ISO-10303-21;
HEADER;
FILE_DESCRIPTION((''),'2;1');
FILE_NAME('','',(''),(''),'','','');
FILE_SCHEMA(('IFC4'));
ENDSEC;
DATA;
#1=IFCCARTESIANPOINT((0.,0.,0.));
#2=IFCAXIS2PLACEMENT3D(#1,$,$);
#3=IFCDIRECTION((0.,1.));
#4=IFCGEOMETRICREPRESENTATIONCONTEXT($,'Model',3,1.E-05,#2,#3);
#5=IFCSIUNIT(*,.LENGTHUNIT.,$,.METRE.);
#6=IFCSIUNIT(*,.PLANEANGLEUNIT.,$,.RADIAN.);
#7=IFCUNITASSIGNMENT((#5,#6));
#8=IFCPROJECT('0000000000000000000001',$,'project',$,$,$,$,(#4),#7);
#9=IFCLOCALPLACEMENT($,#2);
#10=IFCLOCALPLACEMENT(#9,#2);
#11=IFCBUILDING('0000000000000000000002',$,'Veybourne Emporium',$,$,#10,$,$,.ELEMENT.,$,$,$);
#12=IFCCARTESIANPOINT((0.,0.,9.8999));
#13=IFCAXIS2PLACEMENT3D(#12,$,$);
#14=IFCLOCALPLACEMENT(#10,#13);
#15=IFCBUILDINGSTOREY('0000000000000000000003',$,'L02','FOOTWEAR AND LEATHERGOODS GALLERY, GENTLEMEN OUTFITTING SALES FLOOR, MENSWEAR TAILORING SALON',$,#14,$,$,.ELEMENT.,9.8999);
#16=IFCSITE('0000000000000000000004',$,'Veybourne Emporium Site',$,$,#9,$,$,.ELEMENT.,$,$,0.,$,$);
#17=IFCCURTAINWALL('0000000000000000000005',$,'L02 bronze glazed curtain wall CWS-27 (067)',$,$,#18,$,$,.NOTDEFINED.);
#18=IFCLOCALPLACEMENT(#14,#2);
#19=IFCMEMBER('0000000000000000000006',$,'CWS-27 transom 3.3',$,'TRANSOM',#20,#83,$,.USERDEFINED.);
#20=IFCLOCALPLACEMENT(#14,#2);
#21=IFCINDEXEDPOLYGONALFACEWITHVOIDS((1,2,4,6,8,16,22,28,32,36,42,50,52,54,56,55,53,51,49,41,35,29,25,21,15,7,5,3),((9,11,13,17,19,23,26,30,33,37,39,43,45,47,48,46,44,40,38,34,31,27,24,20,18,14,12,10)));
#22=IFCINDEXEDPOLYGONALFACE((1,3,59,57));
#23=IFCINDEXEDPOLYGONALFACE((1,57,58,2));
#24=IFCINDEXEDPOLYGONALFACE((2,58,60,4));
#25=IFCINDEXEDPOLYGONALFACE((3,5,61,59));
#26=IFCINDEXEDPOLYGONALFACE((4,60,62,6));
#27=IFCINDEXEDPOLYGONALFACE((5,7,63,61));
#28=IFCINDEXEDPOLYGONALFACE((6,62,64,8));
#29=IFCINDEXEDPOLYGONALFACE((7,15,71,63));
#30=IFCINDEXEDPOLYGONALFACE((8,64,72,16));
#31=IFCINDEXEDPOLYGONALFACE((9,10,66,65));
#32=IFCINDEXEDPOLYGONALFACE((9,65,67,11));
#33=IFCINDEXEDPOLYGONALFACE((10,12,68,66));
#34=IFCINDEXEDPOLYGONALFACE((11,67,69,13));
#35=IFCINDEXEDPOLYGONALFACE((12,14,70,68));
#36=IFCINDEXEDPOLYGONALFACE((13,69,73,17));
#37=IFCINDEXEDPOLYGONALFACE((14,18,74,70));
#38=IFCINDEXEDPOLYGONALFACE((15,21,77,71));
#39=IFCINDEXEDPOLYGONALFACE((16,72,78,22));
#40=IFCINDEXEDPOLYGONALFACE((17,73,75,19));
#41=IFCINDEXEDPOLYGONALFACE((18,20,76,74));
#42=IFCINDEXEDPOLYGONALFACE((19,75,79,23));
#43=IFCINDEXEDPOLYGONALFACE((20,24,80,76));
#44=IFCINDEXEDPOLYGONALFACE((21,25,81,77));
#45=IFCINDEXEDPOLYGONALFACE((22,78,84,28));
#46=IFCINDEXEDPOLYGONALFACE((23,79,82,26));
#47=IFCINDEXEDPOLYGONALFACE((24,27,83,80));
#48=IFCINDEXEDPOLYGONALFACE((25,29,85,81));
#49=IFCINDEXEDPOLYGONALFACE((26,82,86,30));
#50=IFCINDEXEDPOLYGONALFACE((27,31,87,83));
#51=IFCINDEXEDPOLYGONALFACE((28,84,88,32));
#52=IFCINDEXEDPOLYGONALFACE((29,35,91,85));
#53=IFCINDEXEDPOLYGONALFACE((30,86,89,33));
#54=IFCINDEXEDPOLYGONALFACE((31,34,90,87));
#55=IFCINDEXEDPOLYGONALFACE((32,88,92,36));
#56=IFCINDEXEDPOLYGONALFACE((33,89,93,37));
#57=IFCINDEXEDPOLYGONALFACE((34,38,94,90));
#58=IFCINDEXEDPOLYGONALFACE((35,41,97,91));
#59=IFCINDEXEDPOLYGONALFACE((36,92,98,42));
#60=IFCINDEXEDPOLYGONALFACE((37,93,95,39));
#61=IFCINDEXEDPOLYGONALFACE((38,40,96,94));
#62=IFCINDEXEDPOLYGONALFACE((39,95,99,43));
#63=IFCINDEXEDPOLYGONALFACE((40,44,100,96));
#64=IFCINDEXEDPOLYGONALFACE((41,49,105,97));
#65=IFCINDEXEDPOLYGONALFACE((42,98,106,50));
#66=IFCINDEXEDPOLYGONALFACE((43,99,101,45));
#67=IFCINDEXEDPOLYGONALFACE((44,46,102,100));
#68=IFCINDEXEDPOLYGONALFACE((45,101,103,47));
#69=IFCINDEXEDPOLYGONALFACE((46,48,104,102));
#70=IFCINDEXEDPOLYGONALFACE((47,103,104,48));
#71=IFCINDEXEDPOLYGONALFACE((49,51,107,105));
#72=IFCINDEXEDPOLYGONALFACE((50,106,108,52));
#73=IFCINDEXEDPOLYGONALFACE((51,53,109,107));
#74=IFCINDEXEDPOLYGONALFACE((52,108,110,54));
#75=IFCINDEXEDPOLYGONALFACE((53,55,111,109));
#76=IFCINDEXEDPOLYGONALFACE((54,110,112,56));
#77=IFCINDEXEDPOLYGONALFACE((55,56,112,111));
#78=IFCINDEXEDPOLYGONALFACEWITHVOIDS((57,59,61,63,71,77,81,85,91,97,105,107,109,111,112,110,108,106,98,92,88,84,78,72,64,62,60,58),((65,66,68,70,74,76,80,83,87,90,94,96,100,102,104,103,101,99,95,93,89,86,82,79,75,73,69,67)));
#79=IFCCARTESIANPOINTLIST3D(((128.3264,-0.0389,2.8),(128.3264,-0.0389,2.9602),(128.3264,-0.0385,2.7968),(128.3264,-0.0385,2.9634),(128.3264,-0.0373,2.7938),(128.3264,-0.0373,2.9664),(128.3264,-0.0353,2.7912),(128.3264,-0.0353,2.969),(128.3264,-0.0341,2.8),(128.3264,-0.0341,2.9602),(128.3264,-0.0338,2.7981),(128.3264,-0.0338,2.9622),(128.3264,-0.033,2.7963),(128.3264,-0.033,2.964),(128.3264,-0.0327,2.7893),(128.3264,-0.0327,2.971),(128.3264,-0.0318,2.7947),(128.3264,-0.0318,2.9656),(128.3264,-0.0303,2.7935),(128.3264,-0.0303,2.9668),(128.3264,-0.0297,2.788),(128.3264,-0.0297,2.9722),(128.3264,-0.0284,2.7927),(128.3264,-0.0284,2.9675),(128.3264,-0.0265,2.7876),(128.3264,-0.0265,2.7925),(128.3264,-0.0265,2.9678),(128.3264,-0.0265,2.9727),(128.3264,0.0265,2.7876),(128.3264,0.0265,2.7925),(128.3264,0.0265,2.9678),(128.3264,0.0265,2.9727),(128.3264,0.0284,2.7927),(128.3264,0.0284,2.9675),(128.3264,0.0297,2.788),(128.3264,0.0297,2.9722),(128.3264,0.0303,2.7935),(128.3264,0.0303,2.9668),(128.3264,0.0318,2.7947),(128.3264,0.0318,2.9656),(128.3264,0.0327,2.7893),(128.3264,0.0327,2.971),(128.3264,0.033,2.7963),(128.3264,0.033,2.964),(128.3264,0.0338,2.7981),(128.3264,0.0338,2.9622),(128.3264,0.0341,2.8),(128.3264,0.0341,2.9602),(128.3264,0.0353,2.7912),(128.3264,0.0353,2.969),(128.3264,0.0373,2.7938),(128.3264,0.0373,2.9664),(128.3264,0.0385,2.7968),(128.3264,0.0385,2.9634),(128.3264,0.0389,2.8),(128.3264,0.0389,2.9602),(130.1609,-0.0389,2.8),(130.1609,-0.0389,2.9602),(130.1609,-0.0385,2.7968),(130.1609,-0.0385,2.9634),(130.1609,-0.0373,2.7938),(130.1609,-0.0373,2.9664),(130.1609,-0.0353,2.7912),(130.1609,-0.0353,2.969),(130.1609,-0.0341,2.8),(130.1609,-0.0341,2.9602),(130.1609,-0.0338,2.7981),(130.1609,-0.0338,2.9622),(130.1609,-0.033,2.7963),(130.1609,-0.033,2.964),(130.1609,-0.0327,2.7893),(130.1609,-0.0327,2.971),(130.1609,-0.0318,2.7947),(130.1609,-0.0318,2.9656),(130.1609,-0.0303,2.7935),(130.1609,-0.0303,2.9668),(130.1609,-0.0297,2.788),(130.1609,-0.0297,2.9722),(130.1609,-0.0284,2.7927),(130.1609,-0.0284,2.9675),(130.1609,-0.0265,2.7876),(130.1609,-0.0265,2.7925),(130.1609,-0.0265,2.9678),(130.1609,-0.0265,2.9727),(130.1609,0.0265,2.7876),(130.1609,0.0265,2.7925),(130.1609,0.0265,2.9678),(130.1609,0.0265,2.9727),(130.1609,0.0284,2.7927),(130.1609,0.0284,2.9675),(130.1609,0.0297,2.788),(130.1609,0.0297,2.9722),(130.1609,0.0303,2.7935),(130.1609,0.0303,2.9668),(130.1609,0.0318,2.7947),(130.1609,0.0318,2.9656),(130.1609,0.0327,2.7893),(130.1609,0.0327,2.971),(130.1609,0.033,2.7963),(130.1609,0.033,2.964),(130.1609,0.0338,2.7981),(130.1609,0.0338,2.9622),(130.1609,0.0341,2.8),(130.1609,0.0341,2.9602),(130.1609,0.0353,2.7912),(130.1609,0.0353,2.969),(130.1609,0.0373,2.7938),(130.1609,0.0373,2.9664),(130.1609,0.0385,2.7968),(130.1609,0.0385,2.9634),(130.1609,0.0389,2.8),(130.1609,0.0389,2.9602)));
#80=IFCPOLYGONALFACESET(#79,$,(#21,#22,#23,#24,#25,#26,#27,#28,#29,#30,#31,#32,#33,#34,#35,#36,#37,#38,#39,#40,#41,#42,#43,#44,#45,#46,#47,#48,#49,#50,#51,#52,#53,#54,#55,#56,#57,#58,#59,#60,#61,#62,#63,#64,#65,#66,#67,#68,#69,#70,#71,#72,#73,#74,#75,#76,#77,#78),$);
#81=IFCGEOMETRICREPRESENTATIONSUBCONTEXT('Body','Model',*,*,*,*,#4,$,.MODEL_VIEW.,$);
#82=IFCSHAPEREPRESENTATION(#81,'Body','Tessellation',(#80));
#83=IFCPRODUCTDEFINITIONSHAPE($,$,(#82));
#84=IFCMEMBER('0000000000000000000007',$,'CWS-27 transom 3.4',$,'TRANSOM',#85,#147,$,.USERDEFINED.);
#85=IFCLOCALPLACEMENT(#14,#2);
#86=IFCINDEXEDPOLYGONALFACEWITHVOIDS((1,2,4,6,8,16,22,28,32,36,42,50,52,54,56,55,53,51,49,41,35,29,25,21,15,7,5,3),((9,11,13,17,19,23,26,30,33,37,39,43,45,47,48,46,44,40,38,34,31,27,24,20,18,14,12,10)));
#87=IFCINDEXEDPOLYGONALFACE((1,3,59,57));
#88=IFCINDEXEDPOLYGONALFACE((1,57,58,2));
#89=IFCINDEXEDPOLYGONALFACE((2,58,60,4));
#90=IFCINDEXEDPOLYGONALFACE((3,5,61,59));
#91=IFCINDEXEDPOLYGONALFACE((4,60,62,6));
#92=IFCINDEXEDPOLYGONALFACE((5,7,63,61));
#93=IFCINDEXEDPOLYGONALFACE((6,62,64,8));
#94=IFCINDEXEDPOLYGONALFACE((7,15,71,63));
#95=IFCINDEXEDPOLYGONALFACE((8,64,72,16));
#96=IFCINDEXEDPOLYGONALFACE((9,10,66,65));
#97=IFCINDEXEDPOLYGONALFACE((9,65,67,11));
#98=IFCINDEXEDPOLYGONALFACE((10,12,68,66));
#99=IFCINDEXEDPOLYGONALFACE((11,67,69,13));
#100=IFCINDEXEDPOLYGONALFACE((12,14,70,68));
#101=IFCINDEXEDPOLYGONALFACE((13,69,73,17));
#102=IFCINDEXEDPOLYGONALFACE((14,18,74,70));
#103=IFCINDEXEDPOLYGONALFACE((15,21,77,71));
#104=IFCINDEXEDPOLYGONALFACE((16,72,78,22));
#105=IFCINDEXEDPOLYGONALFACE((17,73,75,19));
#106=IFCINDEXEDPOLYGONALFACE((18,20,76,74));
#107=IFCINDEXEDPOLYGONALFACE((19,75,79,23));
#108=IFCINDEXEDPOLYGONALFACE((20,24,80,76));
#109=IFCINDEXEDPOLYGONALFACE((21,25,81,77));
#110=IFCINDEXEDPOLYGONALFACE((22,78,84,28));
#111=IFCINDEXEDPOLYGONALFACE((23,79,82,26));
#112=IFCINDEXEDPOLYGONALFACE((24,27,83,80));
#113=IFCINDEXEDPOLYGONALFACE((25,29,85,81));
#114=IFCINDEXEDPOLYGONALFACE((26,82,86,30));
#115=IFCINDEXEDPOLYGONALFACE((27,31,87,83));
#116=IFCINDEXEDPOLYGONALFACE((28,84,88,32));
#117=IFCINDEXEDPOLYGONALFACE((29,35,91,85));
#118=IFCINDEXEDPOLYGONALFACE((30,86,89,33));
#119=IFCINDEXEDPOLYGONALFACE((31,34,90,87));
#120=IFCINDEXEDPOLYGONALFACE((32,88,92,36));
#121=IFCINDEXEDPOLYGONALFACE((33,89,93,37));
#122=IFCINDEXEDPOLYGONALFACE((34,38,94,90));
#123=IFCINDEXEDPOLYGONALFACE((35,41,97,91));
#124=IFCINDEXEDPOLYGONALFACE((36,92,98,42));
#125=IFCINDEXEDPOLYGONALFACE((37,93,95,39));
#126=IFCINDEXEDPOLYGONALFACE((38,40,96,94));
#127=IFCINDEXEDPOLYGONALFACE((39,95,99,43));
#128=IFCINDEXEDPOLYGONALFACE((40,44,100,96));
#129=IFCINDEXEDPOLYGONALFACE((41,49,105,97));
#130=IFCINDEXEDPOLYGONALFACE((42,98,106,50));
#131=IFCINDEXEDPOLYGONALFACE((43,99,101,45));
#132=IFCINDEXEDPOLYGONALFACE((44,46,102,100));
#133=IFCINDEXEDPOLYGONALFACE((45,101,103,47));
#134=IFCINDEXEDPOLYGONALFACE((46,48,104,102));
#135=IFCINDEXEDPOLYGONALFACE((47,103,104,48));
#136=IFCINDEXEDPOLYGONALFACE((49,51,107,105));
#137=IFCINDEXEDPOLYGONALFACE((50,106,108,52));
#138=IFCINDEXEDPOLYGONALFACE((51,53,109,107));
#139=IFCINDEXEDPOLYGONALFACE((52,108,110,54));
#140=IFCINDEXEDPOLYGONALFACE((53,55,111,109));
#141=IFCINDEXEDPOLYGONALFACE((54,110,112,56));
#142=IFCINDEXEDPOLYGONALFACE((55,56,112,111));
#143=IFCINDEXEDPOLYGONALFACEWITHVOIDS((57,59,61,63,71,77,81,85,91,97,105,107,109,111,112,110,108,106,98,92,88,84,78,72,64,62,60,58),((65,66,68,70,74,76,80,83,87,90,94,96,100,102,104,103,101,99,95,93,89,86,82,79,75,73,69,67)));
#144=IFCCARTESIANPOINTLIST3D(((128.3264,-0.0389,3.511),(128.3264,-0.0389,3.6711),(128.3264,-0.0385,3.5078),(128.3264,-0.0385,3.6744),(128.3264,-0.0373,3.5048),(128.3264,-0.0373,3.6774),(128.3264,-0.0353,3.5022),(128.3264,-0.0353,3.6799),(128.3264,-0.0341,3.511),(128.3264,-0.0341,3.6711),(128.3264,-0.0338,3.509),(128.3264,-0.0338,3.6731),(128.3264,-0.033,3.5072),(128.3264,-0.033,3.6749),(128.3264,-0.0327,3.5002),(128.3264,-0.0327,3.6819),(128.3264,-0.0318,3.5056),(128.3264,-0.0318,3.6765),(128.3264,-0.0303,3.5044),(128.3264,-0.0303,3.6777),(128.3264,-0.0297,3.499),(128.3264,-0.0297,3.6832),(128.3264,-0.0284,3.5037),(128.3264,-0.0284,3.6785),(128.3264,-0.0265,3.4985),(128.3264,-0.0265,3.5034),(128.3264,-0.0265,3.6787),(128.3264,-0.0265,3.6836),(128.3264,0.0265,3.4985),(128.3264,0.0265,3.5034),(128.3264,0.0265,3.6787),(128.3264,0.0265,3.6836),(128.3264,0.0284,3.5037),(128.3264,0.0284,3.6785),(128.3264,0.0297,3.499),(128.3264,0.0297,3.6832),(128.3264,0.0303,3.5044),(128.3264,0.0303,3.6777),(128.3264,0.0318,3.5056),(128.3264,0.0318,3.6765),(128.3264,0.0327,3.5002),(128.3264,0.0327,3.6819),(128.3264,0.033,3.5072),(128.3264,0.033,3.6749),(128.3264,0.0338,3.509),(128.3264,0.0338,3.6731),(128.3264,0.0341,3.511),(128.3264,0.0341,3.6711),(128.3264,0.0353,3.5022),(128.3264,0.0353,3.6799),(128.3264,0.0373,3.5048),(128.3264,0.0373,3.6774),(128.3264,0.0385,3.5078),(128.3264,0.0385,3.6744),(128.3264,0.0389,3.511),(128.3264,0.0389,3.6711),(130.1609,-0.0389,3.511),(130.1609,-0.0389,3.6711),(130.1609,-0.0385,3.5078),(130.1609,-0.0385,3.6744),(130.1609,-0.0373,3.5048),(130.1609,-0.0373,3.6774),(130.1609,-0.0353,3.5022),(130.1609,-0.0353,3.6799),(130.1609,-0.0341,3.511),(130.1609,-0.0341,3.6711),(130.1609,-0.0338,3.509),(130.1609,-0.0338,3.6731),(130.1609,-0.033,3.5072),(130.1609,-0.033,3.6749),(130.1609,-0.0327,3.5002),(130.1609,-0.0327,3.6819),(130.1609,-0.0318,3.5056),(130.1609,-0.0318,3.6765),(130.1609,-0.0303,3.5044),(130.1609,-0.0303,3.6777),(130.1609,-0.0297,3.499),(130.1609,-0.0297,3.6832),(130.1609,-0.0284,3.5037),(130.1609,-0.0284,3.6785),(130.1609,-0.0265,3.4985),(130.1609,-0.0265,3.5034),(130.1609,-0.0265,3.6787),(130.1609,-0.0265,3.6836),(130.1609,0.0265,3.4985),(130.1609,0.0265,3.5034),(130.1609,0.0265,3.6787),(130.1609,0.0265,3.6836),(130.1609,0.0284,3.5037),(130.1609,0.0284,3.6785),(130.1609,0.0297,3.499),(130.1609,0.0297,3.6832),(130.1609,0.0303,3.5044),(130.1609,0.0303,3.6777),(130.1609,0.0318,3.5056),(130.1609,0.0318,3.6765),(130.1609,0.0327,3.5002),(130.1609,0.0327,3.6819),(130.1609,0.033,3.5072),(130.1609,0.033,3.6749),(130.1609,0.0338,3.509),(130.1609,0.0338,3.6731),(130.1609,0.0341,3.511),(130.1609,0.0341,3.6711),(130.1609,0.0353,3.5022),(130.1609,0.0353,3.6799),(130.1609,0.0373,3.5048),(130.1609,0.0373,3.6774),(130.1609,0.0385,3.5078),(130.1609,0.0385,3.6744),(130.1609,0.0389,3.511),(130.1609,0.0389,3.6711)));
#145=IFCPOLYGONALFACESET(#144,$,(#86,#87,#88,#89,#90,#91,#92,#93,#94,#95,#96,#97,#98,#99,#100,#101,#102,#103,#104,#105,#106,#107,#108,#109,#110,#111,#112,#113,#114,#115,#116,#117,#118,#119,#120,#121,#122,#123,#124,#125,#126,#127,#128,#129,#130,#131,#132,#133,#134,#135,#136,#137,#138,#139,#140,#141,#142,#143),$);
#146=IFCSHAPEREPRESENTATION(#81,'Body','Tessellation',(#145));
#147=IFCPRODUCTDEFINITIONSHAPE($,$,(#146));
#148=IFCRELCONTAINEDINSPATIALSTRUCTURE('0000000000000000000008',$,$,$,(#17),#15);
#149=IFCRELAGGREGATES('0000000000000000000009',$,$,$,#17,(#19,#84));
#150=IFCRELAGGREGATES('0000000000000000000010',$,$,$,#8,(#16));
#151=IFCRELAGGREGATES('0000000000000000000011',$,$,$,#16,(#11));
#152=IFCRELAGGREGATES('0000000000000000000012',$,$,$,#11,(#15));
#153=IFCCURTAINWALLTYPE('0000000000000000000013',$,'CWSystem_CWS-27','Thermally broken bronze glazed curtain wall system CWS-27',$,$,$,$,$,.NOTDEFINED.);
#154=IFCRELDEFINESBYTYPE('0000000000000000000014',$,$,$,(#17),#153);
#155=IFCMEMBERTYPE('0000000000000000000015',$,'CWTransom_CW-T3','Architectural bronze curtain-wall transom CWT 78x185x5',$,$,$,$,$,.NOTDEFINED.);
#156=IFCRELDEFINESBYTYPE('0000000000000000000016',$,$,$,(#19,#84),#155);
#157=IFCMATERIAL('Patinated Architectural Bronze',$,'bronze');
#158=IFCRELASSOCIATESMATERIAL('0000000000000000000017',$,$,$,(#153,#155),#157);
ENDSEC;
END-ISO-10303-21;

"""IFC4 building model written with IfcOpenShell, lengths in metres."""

from ifc_helpers import new_model, si_unit, direction, frame, origin, origin_2d, place, context, subcontext, project, spatial, hollow_rectangle, extrude, material, material_profile, profile_set, type_object, element, aggregate, save


model = new_model("IFC4")

# Units and contexts
model_context = context("Model", 3, precision=1e-05, world=origin(), true_north=direction((0.0, 1.0)))
body_context = subcontext(model_context, "Body", "Model", "MODEL_VIEW")
ifc_project = project(units=[si_unit("LENGTHUNIT", "METRE"), si_unit("PLANEANGLEUNIT", "RADIAN")], contexts=[model_context])

# Site, building, storey
site_placement = place(None, origin())
site = spatial("IfcSite", under=ifc_project, at=site_placement, Name="Veybourne Emporium Site", CompositionType="ELEMENT", RefElevation=0.0)
building_placement = place(site_placement, origin())
building = spatial("IfcBuilding", under=site, at=building_placement, Name="Veybourne Emporium", CompositionType="ELEMENT")
storey_placement = place(building_placement, frame((0.0, 0.0, 9.8999)))
storey = spatial("IfcBuildingStorey", under=building, at=storey_placement, Name="L02", Description="FOOTWEAR AND LEATHERGOODS GALLERY, GENTLEMEN OUTFITTING SALES FLOOR, MENSWEAR TAILORING SALON", CompositionType="ELEMENT", Elevation=9.8999)

# Curtain wall, members
ifc_material_1 = material(Name="Patinated Architectural Bronze", Category="bronze")
curtain_wall_type = type_object("IfcCurtainWallType", Name="CWSystem_CWS-27", Description="Thermally broken bronze glazed curtain wall system CWS-27", PredefinedType="NOTDEFINED", material=ifc_material_1)
curtain_wall_placement = place(storey_placement, origin())
curtain_wall = element("IfcCurtainWall", 1, at=curtain_wall_placement, inside=storey, type_object=curtain_wall_type, Name="L02 bronze glazed curtain wall CWS-27 (067)", PredefinedType="NOTDEFINED")
ifc_material_profile_1 = material_profile(ifc_material_1, hollow_rectangle(XDim=0.0779, YDim=0.1851, WallThickness=0.0049, InnerFilletRadius=0.0076, OuterFilletRadius=0.0125, at=origin_2d()), Name="CWT 78x185x5")
ifc_profile_set_1 = profile_set([ifc_material_profile_1], Name="Patinated Architectural Bronze")
member_type_1 = type_object("IfcMemberType", Name="CWTransom_CW-T3", Description="Architectural bronze curtain-wall transom CWT 78x185x5", PredefinedType="NOTDEFINED", material=ifc_profile_set_1)
member_1_placement = place(storey_placement, frame((130.1609, 0.0, 2.8801), z_axis=(-1.0, 0.0, 0.0), x_axis=(0.0, -1.0, 0.0)))
member_1 = element("IfcMember", 2, at=member_1_placement, type_object=member_type_1, Name="CWS-27 transom 3.3", ObjectType="TRANSOM", PredefinedType="USERDEFINED", context=body_context, shape_type="SweptSolid", body=[
    extrude(hollow_rectangle(XDim=0.0779, YDim=0.1851, WallThickness=0.0049, InnerFilletRadius=0.0076, OuterFilletRadius=0.0125, at=origin_2d()), origin(), (0.0, 0.0, 1.0), 1.8345),
])
member_2_placement = place(storey_placement, frame((130.1609, 0.0, 3.5911), z_axis=(-1.0, 0.0, 0.0), x_axis=(0.0, -1.0, 0.0)))
member_2 = element("IfcMember", 3, at=member_2_placement, type_object=member_type_1, Name="CWS-27 transom 3.4", ObjectType="TRANSOM", PredefinedType="USERDEFINED", context=body_context, shape_type="SweptSolid", body=[
    extrude(hollow_rectangle(XDim=0.0779, YDim=0.1851, WallThickness=0.0049, InnerFilletRadius=0.0076, OuterFilletRadius=0.0125, at=origin_2d()), origin(), (0.0, 0.0, 1.0), 1.8345),
])

aggregate(curtain_wall, [member_1, member_2])

save(model, "model.ifc")
